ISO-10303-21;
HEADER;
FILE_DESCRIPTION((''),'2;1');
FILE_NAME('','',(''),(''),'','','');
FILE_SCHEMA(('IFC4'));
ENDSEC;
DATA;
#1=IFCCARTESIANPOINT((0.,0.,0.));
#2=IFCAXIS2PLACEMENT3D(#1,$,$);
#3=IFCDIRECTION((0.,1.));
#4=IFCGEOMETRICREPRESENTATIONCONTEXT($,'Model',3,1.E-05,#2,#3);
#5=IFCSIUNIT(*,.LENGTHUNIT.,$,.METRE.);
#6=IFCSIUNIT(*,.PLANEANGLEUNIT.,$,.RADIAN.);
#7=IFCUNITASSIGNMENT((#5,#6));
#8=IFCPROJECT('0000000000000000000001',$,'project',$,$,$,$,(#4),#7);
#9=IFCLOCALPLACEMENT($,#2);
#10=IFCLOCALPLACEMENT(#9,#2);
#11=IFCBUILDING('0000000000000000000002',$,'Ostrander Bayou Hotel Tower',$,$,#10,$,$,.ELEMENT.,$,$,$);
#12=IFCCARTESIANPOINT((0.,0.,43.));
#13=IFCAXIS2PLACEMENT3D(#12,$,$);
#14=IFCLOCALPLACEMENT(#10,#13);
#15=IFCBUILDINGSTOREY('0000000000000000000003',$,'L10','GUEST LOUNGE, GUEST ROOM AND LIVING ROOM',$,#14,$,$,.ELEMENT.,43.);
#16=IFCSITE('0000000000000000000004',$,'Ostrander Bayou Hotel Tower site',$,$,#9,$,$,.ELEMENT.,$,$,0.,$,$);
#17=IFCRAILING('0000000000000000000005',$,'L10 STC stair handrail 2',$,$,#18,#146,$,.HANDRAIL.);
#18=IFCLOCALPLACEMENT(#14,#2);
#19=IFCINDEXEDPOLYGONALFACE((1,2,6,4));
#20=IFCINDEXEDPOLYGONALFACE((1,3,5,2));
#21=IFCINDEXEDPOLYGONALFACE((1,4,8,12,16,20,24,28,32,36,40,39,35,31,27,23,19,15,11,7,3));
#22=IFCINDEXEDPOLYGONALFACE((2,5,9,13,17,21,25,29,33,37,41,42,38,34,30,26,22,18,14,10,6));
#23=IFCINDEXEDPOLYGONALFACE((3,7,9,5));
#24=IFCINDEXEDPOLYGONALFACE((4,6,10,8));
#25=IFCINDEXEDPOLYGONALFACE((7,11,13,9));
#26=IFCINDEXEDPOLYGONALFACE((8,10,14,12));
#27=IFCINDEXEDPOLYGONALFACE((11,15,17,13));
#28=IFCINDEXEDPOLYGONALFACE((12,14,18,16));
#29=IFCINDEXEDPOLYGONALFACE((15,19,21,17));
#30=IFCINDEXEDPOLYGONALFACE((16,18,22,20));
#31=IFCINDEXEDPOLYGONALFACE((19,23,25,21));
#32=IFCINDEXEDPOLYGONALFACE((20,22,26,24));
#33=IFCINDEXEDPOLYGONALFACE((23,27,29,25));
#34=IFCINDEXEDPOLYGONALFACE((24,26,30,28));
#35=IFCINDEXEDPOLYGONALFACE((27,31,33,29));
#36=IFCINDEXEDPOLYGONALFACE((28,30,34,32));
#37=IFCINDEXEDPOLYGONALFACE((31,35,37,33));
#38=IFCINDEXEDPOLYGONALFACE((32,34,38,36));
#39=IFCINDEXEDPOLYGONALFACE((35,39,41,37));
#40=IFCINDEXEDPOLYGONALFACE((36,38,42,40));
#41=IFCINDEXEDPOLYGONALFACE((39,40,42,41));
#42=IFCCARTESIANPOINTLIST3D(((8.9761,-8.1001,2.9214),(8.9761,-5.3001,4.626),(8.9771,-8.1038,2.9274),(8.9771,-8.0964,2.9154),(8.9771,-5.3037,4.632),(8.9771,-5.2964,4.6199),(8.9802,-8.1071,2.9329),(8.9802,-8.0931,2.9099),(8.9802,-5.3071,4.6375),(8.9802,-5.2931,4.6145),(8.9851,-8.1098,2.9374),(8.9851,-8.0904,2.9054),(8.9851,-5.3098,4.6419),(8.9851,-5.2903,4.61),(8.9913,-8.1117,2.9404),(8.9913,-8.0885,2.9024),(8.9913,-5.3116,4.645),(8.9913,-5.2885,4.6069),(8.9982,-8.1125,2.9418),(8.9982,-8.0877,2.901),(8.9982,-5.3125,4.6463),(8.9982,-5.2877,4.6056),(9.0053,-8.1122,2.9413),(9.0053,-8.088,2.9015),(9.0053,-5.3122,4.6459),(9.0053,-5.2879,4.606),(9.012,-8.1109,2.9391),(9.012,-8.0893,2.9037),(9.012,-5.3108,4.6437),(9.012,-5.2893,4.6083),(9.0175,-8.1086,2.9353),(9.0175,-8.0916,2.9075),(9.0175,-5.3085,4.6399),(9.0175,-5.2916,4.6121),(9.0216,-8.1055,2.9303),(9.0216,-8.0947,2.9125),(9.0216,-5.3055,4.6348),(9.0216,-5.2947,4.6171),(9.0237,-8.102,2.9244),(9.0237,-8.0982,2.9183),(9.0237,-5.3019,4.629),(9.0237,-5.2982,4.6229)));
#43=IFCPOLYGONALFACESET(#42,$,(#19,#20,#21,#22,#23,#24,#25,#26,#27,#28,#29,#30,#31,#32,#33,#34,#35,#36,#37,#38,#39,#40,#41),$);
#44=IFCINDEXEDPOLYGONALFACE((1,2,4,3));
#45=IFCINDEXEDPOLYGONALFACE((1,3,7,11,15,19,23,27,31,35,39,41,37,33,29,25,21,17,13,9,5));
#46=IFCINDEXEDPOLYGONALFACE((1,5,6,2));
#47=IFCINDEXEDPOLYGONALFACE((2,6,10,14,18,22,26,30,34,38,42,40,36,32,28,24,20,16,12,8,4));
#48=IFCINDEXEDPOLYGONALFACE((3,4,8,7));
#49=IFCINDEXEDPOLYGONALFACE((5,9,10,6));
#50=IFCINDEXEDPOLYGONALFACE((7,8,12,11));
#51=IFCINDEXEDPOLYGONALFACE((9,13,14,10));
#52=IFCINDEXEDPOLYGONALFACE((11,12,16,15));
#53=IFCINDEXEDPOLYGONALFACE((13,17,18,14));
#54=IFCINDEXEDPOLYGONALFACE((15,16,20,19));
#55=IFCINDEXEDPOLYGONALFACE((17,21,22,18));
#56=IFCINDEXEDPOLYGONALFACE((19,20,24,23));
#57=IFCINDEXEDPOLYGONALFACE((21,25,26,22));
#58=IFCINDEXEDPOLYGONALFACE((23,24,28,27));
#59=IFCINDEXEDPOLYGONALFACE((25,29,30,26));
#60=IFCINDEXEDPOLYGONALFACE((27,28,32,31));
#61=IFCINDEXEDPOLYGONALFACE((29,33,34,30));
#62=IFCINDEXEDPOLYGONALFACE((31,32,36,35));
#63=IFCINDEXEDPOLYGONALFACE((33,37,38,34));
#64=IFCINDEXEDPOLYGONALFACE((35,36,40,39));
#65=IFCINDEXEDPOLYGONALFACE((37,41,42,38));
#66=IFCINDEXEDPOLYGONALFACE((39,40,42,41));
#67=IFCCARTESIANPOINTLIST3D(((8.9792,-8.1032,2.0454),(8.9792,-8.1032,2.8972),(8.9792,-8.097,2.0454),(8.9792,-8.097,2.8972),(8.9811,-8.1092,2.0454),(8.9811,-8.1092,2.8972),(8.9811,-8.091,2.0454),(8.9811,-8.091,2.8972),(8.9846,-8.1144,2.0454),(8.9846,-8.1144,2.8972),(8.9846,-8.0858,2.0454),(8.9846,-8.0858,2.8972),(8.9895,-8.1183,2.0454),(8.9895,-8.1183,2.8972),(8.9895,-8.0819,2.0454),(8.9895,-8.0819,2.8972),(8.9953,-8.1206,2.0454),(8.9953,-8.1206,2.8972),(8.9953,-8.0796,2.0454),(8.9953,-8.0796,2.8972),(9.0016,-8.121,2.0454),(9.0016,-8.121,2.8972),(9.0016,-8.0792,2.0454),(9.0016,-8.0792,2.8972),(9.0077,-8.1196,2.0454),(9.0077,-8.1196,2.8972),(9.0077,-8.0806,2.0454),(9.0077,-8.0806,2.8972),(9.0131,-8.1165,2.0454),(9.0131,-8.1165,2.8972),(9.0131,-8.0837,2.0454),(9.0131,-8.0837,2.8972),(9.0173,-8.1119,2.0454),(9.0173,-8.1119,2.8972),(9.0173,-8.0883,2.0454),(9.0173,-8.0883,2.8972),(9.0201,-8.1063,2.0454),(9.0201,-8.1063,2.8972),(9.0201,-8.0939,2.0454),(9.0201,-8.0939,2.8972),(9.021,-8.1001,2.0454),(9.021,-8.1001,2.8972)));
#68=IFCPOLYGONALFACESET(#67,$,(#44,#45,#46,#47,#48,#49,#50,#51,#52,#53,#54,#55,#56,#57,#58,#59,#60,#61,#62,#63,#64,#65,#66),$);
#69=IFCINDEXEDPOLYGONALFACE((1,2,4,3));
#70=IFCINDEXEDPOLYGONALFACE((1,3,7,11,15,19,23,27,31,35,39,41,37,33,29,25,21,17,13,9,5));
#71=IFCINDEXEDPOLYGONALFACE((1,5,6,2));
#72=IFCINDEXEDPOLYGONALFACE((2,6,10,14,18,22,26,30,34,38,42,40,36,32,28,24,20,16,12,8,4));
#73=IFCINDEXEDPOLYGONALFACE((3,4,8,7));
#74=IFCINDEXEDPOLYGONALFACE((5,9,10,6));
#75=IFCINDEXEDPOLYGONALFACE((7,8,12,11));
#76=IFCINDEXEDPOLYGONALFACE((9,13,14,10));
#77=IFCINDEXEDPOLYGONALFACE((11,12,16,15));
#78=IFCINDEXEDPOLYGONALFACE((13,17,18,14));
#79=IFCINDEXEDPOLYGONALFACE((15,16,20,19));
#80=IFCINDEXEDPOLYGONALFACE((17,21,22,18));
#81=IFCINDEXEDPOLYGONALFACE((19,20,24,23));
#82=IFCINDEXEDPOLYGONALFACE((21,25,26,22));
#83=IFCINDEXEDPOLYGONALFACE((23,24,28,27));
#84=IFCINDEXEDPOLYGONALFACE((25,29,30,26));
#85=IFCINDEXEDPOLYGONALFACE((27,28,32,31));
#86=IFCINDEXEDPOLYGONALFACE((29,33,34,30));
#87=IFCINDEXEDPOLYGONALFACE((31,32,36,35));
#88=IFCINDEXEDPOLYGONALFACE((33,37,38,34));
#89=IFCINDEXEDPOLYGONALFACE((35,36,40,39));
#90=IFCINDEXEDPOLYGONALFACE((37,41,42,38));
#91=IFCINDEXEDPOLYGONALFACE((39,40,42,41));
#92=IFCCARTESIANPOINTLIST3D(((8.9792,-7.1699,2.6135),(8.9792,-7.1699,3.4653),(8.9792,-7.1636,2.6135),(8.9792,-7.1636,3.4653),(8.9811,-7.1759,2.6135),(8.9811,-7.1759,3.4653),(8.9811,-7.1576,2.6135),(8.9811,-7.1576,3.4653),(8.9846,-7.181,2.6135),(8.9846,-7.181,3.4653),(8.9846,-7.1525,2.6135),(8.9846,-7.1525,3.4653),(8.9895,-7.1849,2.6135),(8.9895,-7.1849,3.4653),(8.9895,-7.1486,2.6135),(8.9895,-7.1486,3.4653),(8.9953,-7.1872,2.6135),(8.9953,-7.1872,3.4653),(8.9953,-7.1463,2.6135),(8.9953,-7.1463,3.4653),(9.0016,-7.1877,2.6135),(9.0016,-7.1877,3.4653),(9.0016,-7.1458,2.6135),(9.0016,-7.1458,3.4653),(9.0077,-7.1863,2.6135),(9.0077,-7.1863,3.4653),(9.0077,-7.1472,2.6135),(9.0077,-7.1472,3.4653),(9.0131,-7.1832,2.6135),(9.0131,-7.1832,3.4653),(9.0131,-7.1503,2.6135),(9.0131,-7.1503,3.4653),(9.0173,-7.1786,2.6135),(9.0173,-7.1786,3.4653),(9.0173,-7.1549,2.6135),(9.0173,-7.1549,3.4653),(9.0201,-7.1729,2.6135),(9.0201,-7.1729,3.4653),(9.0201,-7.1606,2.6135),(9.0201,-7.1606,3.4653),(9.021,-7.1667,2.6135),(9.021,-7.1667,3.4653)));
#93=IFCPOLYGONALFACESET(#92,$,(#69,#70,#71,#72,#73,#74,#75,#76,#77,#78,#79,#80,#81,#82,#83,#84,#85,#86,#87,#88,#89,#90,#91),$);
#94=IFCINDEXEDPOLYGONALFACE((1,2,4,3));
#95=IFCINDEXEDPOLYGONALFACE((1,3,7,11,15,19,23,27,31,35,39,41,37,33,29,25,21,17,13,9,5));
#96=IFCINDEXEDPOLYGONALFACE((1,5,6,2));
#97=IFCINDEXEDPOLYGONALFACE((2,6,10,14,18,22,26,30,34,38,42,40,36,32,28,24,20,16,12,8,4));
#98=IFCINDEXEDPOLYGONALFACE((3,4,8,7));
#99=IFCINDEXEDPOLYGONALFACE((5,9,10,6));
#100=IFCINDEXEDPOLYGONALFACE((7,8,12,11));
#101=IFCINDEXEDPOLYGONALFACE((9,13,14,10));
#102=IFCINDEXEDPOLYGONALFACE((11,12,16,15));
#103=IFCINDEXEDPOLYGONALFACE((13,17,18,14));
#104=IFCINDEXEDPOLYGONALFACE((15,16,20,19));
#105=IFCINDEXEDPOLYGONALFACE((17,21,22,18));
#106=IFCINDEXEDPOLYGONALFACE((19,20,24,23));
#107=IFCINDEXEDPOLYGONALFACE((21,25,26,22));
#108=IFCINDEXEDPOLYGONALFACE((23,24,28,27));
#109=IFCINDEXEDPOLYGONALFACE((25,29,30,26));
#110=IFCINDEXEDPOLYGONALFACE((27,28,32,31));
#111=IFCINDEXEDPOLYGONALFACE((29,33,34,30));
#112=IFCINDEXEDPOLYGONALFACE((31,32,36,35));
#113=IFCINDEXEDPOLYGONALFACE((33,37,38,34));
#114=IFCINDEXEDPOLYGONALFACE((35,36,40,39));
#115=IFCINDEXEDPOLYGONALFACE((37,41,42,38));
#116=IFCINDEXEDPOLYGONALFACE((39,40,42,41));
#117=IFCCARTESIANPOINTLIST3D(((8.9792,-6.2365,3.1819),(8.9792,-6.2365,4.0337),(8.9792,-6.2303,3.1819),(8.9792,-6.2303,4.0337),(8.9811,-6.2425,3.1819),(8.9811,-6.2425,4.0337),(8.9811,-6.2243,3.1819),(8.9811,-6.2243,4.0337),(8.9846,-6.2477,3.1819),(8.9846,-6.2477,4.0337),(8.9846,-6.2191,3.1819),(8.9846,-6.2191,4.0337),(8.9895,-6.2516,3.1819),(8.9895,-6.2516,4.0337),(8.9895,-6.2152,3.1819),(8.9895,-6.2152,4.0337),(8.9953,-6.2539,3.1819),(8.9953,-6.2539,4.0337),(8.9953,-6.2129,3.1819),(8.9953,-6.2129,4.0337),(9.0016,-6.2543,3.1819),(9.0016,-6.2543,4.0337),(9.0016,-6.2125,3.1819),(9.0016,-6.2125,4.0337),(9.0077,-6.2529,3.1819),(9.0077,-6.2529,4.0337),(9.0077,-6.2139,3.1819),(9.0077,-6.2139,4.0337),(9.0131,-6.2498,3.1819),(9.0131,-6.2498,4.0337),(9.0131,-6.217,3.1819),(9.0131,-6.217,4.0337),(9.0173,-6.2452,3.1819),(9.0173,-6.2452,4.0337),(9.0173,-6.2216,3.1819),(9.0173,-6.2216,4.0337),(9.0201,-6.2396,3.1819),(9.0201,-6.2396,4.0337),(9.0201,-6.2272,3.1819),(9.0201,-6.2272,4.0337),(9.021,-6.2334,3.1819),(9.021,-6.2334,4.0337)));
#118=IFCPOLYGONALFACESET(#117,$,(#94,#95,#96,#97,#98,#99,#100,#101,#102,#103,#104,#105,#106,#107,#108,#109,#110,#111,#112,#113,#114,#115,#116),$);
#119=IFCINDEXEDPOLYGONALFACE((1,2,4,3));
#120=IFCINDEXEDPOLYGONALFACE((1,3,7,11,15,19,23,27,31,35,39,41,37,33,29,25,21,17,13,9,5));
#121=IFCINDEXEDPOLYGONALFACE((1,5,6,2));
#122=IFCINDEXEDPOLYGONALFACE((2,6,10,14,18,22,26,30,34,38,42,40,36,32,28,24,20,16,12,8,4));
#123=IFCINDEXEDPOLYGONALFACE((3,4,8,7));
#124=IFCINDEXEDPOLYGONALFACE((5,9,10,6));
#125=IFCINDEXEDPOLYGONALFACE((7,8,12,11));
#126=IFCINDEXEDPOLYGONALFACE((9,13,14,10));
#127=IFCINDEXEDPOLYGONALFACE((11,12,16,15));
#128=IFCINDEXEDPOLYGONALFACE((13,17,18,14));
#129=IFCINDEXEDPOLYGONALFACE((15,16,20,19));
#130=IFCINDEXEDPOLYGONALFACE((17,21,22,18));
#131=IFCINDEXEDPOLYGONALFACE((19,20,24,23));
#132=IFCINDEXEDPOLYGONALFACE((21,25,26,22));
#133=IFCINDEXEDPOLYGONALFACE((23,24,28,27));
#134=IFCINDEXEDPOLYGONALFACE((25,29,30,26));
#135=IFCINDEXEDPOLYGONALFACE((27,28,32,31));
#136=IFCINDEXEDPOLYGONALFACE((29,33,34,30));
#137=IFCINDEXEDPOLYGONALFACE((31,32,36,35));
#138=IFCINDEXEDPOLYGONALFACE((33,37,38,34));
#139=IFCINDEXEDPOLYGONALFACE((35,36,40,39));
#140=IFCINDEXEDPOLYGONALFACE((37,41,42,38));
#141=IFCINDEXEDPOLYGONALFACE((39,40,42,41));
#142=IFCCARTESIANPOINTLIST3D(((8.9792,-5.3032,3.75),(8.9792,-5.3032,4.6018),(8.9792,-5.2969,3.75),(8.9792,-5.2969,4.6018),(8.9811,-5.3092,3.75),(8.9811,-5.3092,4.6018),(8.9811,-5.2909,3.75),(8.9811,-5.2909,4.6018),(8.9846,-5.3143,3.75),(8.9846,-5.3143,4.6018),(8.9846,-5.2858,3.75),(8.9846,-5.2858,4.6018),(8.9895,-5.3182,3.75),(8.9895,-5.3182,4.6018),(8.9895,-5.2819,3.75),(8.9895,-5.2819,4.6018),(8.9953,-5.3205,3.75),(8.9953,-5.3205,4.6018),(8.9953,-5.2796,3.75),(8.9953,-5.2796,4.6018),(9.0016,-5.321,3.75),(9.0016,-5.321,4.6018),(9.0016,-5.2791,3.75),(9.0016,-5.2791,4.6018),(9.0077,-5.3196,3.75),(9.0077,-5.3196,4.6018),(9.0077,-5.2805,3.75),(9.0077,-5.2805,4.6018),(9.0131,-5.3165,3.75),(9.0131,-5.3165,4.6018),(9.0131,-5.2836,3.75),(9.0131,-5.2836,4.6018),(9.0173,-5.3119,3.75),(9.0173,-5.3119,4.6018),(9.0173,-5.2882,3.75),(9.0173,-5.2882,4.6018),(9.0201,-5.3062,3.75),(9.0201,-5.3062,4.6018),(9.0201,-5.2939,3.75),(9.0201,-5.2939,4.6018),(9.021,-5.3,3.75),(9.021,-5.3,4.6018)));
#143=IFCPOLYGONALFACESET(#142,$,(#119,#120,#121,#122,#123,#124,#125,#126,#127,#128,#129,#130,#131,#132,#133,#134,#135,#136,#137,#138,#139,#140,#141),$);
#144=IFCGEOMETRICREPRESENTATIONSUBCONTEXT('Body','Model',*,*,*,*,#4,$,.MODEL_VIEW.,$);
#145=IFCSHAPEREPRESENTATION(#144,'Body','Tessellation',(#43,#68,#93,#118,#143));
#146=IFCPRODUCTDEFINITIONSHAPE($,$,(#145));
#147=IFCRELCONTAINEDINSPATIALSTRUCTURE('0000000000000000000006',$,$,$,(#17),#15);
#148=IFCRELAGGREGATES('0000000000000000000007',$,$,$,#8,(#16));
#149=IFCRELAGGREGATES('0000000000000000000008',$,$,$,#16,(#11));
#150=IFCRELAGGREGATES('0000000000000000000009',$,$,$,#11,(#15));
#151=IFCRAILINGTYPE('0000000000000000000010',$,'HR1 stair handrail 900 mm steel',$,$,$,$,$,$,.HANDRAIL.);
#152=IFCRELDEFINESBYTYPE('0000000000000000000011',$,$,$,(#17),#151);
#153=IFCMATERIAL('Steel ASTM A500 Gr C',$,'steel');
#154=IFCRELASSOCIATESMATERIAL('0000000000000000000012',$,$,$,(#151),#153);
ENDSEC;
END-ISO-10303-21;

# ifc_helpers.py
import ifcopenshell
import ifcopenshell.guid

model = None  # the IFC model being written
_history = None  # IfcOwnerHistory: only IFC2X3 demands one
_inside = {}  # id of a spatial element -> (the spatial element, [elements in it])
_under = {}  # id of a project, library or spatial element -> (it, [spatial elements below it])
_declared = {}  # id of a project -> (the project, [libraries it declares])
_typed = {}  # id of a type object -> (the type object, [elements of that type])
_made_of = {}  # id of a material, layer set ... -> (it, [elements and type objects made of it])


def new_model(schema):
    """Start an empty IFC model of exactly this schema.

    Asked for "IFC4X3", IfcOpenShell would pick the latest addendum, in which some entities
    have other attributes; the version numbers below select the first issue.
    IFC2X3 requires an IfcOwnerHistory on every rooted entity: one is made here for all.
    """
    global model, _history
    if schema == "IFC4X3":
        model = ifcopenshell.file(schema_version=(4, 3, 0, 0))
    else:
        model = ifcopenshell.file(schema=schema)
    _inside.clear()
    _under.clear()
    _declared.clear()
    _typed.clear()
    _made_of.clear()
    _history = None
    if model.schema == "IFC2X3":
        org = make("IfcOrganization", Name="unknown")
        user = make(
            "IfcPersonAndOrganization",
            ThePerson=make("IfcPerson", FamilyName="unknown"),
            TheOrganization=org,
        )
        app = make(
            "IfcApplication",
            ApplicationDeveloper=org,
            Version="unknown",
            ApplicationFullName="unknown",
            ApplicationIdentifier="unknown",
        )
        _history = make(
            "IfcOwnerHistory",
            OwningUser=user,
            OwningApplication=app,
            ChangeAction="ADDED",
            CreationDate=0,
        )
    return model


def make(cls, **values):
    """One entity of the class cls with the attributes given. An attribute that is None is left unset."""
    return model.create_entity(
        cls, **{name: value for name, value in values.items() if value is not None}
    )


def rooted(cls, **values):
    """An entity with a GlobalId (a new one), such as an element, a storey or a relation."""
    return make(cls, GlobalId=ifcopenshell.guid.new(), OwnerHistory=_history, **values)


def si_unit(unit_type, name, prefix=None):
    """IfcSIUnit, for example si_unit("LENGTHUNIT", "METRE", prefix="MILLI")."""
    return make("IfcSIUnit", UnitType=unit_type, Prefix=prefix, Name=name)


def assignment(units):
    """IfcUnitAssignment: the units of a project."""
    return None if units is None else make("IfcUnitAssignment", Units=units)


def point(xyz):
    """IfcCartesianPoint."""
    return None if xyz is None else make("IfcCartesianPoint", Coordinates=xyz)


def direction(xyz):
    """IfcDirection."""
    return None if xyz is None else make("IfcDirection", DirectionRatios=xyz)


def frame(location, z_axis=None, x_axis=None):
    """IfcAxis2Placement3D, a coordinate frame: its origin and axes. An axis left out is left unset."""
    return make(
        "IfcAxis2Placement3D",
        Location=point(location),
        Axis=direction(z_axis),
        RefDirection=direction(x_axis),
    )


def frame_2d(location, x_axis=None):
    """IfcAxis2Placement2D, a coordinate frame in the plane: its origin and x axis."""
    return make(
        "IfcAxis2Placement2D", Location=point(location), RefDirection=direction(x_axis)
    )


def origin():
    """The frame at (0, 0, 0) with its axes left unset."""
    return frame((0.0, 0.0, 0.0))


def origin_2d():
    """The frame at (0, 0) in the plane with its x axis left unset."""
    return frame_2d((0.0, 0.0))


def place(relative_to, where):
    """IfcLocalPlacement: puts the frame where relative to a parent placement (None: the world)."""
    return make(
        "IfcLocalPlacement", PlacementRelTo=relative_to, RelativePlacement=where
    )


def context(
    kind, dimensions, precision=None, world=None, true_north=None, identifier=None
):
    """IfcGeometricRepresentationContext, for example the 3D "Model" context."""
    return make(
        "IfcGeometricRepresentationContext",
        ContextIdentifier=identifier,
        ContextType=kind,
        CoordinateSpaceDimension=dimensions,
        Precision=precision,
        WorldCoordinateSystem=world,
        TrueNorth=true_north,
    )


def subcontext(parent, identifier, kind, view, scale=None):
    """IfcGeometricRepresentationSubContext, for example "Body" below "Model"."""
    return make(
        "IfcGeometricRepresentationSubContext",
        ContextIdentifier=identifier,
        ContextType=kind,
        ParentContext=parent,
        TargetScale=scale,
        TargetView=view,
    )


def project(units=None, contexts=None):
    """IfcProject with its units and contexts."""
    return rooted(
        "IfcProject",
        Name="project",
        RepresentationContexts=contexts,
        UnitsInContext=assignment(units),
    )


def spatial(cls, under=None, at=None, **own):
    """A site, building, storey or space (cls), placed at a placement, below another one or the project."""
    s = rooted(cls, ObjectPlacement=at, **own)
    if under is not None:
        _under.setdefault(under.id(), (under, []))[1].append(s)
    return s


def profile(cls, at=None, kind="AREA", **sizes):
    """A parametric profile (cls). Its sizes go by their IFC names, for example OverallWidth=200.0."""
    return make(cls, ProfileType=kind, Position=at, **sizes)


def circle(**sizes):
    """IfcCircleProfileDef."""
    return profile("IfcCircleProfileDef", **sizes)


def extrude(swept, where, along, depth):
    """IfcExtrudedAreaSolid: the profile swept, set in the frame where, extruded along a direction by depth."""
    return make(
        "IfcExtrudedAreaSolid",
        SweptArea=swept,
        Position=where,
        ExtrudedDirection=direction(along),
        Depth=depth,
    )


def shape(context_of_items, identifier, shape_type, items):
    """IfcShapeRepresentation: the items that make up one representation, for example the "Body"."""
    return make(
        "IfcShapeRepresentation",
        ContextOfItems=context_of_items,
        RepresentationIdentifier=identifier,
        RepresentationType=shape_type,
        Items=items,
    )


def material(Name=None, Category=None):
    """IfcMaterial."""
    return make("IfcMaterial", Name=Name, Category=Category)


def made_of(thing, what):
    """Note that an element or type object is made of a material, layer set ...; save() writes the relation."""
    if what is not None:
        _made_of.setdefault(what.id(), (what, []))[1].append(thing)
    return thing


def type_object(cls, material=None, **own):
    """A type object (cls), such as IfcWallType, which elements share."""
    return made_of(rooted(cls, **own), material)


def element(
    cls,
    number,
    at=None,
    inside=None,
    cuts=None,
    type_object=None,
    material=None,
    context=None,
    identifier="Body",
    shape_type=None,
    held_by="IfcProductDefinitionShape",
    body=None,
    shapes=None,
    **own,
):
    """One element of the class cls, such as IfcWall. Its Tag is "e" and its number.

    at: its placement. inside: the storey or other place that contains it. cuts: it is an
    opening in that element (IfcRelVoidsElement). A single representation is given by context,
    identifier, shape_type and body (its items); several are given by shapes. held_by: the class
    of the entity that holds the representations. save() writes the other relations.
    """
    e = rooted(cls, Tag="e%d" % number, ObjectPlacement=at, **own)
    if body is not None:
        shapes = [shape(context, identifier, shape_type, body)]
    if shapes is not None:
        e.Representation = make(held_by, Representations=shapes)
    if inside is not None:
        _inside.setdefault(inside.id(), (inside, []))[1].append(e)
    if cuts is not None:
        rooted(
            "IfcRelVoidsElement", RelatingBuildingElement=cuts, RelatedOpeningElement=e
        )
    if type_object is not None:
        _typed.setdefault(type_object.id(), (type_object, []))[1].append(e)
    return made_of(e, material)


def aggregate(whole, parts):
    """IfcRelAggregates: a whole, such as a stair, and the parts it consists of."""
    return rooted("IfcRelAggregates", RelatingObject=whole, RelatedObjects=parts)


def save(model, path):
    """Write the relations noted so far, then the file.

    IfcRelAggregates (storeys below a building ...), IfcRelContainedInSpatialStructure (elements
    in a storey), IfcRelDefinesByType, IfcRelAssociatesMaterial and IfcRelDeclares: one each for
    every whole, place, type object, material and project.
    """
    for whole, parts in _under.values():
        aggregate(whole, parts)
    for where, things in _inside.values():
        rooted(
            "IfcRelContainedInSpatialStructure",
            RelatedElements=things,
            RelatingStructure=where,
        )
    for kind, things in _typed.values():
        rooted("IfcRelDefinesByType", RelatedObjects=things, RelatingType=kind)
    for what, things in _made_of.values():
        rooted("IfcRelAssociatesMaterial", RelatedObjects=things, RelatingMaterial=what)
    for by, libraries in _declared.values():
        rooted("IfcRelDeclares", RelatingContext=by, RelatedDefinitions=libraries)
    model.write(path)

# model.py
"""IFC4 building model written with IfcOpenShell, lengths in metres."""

from ifc_helpers import new_model, si_unit, direction, frame, origin, origin_2d, place, context, subcontext, project, spatial, circle, extrude, material, type_object, element, save


model = new_model("IFC4")

# Units and contexts
model_context = context("Model", 3, precision=1e-05, world=origin(), true_north=direction((0.0, 1.0)))
body_context = subcontext(model_context, "Body", "Model", "MODEL_VIEW")
ifc_project = project(units=[si_unit("LENGTHUNIT", "METRE"), si_unit("PLANEANGLEUNIT", "RADIAN")], contexts=[model_context])

# Site, building, storey
site_placement = place(None, origin())
site = spatial("IfcSite", under=ifc_project, at=site_placement, Name="Ostrander Bayou Hotel Tower site", CompositionType="ELEMENT", RefElevation=0.0)
building_placement = place(site_placement, origin())
building = spatial("IfcBuilding", under=site, at=building_placement, Name="Ostrander Bayou Hotel Tower", CompositionType="ELEMENT")
storey_placement = place(building_placement, frame((0.0, 0.0, 43.0)))
storey = spatial("IfcBuildingStorey", under=building, at=storey_placement, Name="L10", Description="GUEST LOUNGE, GUEST ROOM AND LIVING ROOM", CompositionType="ELEMENT", Elevation=43.0)

# Railing
ifc_material_1 = material(Name="Steel ASTM A500 Gr C", Category="steel")
railing_type_1 = type_object("IfcRailingType", Name="HR1 stair handrail 900 mm steel", PredefinedType="HANDRAIL", material=ifc_material_1)
railing_1_placement = place(storey_placement, frame((9.0, -8.1001, 2.0454)))
element("IfcRailing", 1, at=railing_1_placement, inside=storey, type_object=railing_type_1, Name="L10 STC stair handrail 2", PredefinedType="HANDRAIL", context=body_context, shape_type="SweptSolid", body=[
    extrude(circle(Radius=0.0239, at=origin_2d()), frame((0.0, 0.0, 0.876), z_axis=(0.0, 0.85417, 0.519994), x_axis=(-1.0, 0.0, 0.0)), (0.0, 0.0, 1.0), 3.2781),
    extrude(circle(Radius=0.021, at=origin_2d()), origin(), (0.0, 0.0, 1.0), 0.8518),
    extrude(circle(Radius=0.021, at=origin_2d()), frame((0.0, 0.9333, 0.5681)), (0.0, 0.0, 1.0), 0.8518),
    extrude(circle(Radius=0.021, at=origin_2d()), frame((0.0, 1.8667, 1.1365)), (0.0, 0.0, 1.0), 0.8518),
    extrude(circle(Radius=0.021, at=origin_2d()), frame((0.0, 2.8, 1.7046)), (0.0, 0.0, 1.0), 0.8518),
])

save(model, "model.ifc")
